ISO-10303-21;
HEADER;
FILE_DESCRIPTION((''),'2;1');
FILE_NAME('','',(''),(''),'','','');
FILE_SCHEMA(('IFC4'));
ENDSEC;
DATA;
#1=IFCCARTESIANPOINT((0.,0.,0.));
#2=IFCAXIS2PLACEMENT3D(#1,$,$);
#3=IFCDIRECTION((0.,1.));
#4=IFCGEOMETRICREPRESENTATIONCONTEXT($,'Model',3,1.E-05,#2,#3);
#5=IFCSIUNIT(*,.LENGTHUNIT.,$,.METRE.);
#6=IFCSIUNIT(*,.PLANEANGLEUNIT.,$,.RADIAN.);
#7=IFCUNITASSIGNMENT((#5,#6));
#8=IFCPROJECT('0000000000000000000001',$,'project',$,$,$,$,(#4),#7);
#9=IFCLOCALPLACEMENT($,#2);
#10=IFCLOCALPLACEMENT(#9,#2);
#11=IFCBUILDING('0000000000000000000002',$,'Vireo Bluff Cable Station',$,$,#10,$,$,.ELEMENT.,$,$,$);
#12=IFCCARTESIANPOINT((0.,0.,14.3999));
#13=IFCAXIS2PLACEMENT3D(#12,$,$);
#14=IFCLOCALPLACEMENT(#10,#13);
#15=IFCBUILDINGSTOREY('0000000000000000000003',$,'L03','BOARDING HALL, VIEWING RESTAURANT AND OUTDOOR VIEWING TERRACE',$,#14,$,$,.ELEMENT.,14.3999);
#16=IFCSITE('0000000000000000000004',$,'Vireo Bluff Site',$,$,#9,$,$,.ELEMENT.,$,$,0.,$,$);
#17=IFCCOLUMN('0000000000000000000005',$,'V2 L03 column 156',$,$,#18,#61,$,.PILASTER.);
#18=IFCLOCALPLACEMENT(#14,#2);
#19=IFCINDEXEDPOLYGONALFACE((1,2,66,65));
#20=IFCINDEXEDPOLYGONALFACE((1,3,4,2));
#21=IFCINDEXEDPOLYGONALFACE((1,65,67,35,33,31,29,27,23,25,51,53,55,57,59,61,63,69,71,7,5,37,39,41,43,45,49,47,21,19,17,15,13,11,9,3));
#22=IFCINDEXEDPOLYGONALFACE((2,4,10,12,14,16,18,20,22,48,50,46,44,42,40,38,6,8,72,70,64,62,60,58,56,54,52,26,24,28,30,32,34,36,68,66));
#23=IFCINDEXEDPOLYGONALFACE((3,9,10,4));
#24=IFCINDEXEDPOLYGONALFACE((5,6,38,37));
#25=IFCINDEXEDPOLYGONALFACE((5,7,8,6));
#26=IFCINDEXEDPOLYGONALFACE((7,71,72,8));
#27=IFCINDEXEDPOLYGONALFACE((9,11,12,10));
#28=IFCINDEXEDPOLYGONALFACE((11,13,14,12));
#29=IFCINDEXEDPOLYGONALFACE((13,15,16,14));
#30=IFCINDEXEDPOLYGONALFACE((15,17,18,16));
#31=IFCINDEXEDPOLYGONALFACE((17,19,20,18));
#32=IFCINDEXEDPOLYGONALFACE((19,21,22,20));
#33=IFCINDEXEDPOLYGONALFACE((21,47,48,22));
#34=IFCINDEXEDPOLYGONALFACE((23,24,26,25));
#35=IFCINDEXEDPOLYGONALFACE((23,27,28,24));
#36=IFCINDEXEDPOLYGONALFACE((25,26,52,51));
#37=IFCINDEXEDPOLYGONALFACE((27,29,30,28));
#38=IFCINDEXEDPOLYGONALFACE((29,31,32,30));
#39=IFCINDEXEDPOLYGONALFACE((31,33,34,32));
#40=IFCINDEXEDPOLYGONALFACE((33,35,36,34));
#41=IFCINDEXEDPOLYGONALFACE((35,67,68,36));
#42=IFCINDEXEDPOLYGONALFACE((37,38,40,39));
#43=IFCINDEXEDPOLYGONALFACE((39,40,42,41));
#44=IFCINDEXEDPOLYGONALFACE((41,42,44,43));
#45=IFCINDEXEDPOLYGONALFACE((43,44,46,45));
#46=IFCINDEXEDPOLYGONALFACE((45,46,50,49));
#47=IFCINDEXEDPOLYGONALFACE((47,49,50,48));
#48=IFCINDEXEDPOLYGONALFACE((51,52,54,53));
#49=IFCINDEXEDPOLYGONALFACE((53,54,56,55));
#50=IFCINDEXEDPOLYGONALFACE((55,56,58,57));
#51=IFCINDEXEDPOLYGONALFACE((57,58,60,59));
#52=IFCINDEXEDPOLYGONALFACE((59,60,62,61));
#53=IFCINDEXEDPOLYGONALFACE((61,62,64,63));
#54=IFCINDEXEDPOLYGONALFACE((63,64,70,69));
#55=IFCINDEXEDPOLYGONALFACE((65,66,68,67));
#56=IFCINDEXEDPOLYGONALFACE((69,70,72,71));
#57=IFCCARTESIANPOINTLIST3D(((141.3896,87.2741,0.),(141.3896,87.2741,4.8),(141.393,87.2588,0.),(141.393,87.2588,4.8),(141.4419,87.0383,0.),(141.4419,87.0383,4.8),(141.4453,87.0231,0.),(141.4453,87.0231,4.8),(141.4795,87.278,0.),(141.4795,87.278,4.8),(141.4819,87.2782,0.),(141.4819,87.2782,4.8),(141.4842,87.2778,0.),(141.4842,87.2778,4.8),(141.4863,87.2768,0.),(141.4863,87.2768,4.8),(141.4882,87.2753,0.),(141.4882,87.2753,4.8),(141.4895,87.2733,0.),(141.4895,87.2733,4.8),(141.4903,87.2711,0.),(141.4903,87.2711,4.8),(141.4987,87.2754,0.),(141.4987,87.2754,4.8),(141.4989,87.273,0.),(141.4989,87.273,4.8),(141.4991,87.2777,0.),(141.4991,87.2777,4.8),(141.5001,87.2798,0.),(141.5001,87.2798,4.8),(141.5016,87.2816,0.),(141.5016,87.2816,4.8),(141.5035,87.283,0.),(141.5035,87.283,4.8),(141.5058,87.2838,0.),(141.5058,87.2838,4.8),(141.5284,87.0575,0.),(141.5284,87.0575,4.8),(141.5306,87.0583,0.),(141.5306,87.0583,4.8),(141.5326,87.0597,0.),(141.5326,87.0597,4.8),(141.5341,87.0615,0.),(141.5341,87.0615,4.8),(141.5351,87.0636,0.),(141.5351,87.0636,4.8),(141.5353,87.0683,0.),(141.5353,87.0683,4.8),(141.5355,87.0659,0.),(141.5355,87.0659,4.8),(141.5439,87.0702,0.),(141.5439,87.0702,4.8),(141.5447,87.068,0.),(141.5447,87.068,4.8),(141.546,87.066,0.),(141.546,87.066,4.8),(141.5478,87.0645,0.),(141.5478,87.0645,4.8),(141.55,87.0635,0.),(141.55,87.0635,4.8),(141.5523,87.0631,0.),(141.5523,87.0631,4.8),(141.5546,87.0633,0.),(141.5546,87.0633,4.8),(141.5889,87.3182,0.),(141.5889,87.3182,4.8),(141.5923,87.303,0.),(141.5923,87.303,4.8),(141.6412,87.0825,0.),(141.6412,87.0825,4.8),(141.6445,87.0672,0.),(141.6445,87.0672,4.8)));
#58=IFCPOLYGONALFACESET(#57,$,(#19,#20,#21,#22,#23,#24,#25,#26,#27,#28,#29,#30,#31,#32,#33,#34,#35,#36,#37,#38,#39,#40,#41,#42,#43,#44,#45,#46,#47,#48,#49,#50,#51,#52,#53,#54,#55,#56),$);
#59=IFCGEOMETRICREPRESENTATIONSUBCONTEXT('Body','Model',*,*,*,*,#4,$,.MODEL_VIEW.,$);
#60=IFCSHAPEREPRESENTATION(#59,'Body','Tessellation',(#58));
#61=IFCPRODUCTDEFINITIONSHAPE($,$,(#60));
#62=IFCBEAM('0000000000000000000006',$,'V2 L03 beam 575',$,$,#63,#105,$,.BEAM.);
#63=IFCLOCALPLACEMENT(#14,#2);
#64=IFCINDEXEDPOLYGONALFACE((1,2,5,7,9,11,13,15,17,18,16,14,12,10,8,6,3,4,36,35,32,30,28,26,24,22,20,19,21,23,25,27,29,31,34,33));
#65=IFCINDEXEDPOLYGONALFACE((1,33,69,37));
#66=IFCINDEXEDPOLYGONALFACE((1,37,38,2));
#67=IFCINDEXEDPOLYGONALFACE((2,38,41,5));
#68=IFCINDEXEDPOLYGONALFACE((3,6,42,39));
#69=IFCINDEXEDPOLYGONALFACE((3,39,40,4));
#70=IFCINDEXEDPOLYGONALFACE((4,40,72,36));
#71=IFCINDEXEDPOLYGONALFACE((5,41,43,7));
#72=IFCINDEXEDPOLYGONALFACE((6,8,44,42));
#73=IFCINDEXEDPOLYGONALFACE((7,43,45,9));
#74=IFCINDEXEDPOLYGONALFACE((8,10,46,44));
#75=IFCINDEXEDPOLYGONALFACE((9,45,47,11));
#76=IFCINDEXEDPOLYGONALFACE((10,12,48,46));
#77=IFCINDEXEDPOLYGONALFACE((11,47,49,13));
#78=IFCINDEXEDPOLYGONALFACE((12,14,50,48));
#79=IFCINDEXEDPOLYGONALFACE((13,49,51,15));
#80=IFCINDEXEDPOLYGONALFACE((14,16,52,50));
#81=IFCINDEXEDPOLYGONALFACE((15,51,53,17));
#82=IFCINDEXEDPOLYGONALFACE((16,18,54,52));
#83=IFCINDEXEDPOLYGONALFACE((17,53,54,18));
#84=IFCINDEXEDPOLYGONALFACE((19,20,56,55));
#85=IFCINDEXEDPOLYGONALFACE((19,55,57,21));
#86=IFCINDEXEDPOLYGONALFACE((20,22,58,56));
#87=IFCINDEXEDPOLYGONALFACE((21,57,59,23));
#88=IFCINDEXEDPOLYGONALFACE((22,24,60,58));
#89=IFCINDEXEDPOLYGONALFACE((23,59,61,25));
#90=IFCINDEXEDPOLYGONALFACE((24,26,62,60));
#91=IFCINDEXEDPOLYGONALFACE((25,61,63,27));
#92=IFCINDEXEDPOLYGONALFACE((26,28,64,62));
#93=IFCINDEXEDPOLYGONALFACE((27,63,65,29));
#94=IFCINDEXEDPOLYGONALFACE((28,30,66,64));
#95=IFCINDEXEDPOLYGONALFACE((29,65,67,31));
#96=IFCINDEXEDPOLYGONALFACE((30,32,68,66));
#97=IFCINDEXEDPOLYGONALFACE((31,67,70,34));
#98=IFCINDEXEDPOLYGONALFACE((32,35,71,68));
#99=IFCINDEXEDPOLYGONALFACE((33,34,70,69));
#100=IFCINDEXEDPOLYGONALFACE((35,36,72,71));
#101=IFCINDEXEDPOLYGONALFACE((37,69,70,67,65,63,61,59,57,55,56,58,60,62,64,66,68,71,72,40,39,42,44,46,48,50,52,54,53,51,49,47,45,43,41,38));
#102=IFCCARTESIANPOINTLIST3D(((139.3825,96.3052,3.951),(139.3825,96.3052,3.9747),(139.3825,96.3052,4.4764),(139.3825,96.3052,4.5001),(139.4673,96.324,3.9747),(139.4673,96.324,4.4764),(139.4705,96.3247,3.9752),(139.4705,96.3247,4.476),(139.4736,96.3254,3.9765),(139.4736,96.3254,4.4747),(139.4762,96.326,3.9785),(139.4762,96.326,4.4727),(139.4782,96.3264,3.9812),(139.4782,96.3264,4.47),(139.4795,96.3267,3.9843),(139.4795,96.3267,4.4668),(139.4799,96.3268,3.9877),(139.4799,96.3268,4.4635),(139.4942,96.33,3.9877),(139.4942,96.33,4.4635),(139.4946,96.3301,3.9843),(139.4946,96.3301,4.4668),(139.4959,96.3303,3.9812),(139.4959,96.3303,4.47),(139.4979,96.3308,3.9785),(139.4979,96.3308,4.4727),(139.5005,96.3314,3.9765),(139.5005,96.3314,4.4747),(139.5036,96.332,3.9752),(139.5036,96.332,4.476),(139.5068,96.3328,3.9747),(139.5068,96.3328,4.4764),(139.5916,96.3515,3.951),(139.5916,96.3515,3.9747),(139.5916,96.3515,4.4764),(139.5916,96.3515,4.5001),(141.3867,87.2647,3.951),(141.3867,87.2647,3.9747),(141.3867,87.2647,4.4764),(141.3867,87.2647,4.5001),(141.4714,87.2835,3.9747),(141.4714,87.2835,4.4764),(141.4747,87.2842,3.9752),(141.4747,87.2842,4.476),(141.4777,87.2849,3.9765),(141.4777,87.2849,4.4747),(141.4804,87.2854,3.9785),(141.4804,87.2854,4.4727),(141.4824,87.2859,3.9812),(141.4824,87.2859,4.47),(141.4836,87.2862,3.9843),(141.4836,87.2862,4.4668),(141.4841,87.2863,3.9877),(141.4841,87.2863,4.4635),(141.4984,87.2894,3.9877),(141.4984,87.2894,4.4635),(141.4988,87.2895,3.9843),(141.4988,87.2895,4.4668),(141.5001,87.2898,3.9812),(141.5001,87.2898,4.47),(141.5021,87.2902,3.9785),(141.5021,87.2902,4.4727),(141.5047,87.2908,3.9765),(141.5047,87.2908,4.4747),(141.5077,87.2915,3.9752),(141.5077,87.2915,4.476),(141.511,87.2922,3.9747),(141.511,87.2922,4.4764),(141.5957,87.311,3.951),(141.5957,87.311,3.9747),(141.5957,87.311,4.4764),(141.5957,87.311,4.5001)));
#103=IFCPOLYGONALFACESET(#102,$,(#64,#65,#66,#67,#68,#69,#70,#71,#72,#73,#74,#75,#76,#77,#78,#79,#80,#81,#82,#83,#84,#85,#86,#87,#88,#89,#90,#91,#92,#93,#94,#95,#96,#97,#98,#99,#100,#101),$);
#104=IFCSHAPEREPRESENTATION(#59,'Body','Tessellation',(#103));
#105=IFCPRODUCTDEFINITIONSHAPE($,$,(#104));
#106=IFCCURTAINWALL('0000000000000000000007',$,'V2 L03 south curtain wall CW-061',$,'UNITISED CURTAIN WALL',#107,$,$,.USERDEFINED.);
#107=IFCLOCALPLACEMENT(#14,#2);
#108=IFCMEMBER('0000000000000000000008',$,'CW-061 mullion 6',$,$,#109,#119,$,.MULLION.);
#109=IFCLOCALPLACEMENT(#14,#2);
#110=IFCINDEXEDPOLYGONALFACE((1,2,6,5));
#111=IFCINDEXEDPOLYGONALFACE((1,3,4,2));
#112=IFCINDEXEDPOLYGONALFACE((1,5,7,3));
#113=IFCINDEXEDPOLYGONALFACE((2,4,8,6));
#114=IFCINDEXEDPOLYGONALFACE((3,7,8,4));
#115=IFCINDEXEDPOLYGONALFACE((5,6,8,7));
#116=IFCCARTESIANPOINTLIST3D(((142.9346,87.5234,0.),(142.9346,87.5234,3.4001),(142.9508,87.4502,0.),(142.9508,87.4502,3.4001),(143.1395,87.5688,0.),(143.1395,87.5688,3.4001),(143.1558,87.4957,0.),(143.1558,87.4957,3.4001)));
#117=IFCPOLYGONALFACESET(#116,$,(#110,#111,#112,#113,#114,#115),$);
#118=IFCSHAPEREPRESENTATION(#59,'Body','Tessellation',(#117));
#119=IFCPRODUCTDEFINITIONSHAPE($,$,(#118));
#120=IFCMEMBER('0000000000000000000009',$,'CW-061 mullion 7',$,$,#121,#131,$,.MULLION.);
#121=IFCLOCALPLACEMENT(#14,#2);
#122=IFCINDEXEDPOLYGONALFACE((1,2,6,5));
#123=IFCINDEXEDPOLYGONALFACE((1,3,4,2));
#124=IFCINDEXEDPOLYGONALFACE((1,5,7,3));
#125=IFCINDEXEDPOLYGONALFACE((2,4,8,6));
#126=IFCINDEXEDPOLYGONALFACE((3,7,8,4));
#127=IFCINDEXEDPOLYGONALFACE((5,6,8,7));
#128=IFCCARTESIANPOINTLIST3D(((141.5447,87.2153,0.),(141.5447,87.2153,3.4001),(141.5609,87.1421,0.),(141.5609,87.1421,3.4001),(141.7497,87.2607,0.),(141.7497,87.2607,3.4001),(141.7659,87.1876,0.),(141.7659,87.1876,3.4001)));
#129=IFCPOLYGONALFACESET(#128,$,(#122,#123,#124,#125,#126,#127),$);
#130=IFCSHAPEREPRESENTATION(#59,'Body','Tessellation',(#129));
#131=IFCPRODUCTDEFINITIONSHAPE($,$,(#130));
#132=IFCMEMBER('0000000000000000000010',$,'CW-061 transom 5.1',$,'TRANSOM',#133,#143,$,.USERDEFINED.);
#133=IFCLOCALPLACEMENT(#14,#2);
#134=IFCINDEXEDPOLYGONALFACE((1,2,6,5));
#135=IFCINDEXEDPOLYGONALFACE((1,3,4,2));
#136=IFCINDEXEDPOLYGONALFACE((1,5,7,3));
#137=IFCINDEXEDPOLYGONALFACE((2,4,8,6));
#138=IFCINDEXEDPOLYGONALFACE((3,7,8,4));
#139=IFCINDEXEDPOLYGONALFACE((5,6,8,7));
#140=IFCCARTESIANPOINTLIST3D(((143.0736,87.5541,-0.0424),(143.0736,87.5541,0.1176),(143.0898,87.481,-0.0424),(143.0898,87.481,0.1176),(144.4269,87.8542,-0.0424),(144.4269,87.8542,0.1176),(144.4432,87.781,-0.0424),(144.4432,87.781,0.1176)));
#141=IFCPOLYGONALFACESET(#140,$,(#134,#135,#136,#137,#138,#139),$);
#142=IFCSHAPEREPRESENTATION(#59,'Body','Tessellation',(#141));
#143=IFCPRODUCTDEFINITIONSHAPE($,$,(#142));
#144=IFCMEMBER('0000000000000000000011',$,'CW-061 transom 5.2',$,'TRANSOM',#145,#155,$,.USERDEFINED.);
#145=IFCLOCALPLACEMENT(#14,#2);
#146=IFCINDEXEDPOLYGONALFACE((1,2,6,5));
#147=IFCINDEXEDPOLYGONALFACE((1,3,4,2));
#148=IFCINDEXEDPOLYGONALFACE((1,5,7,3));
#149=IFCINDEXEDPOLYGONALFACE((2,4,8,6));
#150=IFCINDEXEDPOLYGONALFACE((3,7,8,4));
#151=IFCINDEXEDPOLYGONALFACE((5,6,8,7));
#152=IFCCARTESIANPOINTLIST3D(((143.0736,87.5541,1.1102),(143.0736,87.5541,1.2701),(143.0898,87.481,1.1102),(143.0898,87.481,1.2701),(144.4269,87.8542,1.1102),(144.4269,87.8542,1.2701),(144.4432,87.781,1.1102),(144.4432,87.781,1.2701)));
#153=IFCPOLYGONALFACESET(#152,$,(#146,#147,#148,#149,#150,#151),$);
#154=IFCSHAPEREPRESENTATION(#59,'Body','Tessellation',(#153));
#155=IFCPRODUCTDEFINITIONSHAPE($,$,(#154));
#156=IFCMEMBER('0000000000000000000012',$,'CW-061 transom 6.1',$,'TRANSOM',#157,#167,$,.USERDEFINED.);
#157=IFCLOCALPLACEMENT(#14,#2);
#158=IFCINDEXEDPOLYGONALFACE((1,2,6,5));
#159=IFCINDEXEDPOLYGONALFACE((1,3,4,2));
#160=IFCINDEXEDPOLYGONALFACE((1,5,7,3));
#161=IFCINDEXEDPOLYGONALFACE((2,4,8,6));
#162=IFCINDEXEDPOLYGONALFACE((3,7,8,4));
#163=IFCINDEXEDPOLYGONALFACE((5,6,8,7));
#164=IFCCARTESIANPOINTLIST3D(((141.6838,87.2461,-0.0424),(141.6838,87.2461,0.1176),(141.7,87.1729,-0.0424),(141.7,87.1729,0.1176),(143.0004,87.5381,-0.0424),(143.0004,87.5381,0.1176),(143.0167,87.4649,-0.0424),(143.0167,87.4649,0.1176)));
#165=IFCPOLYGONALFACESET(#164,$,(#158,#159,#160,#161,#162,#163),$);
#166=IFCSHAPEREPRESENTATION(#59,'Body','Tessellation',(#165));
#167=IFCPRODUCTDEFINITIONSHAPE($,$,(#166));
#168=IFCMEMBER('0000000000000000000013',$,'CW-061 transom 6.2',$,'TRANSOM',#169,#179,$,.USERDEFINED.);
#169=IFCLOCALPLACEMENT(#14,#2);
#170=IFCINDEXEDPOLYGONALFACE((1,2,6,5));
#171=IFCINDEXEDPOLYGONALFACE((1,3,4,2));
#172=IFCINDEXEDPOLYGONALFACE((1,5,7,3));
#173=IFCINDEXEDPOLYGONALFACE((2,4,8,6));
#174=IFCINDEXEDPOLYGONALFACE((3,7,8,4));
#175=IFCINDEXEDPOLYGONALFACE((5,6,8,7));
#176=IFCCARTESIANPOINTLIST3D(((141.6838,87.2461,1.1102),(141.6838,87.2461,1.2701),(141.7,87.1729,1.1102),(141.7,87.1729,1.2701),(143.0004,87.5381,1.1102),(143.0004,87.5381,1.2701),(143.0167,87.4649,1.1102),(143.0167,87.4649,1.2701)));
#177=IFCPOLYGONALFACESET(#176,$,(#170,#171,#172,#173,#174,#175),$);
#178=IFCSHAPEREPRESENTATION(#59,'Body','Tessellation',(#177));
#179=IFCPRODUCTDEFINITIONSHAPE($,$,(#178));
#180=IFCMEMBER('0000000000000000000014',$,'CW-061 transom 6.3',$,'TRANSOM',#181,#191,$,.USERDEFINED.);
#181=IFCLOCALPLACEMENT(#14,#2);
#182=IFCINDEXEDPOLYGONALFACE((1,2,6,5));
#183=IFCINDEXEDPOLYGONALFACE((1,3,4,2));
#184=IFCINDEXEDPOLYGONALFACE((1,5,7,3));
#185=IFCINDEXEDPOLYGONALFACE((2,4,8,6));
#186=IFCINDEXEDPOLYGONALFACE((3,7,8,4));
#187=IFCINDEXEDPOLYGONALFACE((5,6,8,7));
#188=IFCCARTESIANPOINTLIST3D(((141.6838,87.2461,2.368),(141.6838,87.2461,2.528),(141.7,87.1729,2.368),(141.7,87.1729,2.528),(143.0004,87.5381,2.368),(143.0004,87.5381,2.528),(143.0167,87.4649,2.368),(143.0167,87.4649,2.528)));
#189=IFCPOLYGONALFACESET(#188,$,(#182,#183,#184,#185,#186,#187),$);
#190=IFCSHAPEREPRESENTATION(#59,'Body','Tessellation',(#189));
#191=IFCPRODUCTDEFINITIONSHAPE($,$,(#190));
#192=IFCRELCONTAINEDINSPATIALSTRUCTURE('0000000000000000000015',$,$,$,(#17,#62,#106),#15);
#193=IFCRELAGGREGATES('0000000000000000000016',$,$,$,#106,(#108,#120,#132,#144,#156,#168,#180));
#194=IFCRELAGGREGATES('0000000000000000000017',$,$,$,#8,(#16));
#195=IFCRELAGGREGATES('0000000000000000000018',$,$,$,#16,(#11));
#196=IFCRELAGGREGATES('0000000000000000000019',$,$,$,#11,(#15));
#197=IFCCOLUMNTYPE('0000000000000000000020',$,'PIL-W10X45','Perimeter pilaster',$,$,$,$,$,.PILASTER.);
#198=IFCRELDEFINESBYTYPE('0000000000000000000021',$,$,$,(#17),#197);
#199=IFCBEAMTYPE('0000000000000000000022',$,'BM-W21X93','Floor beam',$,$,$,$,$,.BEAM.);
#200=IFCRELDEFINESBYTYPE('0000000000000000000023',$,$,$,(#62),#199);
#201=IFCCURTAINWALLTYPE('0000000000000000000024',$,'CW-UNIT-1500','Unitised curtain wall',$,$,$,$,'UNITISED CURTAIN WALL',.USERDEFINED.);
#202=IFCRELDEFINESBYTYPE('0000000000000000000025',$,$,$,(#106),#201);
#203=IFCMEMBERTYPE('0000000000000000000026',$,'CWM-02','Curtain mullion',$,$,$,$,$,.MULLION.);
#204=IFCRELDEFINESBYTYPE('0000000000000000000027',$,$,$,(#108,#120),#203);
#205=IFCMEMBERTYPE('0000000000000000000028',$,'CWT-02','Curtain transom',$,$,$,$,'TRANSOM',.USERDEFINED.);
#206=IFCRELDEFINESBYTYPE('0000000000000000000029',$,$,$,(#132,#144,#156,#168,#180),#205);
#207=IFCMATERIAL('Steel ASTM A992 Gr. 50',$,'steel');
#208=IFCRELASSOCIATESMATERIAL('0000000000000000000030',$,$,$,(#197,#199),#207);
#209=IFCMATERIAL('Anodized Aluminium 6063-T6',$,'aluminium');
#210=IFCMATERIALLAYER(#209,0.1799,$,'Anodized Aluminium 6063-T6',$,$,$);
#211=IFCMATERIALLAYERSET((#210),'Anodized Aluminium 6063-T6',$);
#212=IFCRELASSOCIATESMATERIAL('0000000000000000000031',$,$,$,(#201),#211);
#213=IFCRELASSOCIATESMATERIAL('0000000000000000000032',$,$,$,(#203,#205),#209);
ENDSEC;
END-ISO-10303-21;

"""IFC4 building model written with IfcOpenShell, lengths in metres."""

from ifc_helpers import new_model, si_unit, direction, frame, origin, origin_2d, place, context, subcontext, project, spatial, rectangle, i_section, extrude, material, layer, layer_set, material_profile, profile_set, type_object, element, aggregate, save


model = new_model("IFC4")

# Units and contexts
model_context = context("Model", 3, precision=1e-05, world=origin(), true_north=direction((0.0, 1.0)))
body_context = subcontext(model_context, "Body", "Model", "MODEL_VIEW")
ifc_project = project(units=[si_unit("LENGTHUNIT", "METRE"), si_unit("PLANEANGLEUNIT", "RADIAN")], contexts=[model_context])

# Site, building, storey
site_placement = place(None, origin())
site = spatial("IfcSite", under=ifc_project, at=site_placement, Name="Vireo Bluff Site", CompositionType="ELEMENT", RefElevation=0.0)
building_placement = place(site_placement, origin())
building = spatial("IfcBuilding", under=site, at=building_placement, Name="Vireo Bluff Cable Station", CompositionType="ELEMENT")
storey_placement = place(building_placement, frame((0.0, 0.0, 14.3999)))
storey = spatial("IfcBuildingStorey", under=building, at=storey_placement, Name="L03", Description="BOARDING HALL, VIEWING RESTAURANT AND OUTDOOR VIEWING TERRACE", CompositionType="ELEMENT", Elevation=14.3999)

# Column
ifc_material_1 = material(Name="Steel ASTM A992 Gr. 50", Category="steel")
ifc_material_profile_1 = material_profile(ifc_material_1, i_section(OverallWidth=0.2041, OverallDepth=0.2571, WebThickness=0.0088, FlangeThickness=0.0156, FilletRadius=0.009, at=origin_2d()), Name="W10X45")
ifc_profile_set_1 = profile_set([ifc_material_profile_1], Name="Steel ASTM A992 Gr. 50")
column_type = type_object("IfcColumnType", Name="PIL-W10X45", Description="Perimeter pilaster", PredefinedType="PILASTER", material=ifc_profile_set_1)
column_placement = place(storey_placement, frame((141.5171, 87.1707, 0.0), z_axis=(0.0, 0.0, 1.0), x_axis=(0.976296, 0.21644, 0.0)))
element("IfcColumn", 1, at=column_placement, inside=storey, type_object=column_type, Name="V2 L03 column 156", PredefinedType="PILASTER", context=body_context, shape_type="SweptSolid", body=[
    extrude(i_section(OverallWidth=0.2041, OverallDepth=0.2571, WebThickness=0.0088, FlangeThickness=0.0156, FilletRadius=0.009, at=origin_2d()), origin(), (0.0, 0.0, 1.0), 4.8),
])

# Beam
ifc_material_profile_2 = material_profile(ifc_material_1, i_section(OverallWidth=0.2141, OverallDepth=0.5491, WebThickness=0.0146, FlangeThickness=0.0237, FilletRadius=0.0129, at=origin_2d()), Name="W21X93")
ifc_profile_set_2 = profile_set([ifc_material_profile_2], Name="Steel ASTM A992 Gr. 50")
beam_type_1 = type_object("IfcBeamType", Name="BM-W21X93", Description="Floor beam", PredefinedType="BEAM", material=ifc_profile_set_2)
beam_1_placement = place(storey_placement, frame((141.4912, 87.2878, 4.2256), z_axis=(-0.216431, 0.976298, 0.0), x_axis=(-0.976298, -0.216431, 0.0)))
element("IfcBeam", 2, at=beam_1_placement, inside=storey, type_object=beam_type_1, Name="V2 L03 beam 575", PredefinedType="BEAM", context=body_context, shape_type="SweptSolid", body=[
    extrude(i_section(OverallWidth=0.2141, OverallDepth=0.5491, WebThickness=0.0146, FlangeThickness=0.0237, FilletRadius=0.0129, at=origin_2d()), origin(), (0.0, 0.0, 1.0), 9.26),
])

# Curtain wall, members
ifc_material_2 = material(Name="Anodized Aluminium 6063-T6", Category="aluminium")
ifc_layer_1 = layer(ifc_material_2, 0.1799, Name="Anodized Aluminium 6063-T6")
ifc_layer_set_1 = layer_set([ifc_layer_1], Name="Anodized Aluminium 6063-T6")
curtain_wall_type = type_object("IfcCurtainWallType", Name="CW-UNIT-1500", Description="Unitised curtain wall", ElementType="UNITISED CURTAIN WALL", PredefinedType="USERDEFINED", material=ifc_layer_set_1)
curtain_wall_placement = place(storey_placement, origin())
curtain_wall = element("IfcCurtainWall", 3, at=curtain_wall_placement, inside=storey, type_object=curtain_wall_type, Name="V2 L03 south curtain wall CW-061", ObjectType="UNITISED CURTAIN WALL", PredefinedType="USERDEFINED")
ifc_material_profile_3 = material_profile(ifc_material_2, rectangle(XDim=0.075, YDim=0.21, at=origin_2d()), Name="ALU-M-75X210")
ifc_profile_set_3 = profile_set([ifc_material_profile_3], Name="Anodized Aluminium 6063-T6")
member_type_1 = type_object("IfcMemberType", Name="CWM-02", Description="Curtain mullion", PredefinedType="MULLION", material=ifc_profile_set_3)
member_1_placement = place(storey_placement, frame((143.0452, 87.5095, 0.0), z_axis=(0.0, 0.0, 1.0), x_axis=(0.21644, -0.976296, 0.0)))
member_1 = element("IfcMember", 4, at=member_1_placement, type_object=member_type_1, Name="CW-061 mullion 6", PredefinedType="MULLION", context=body_context, shape_type="SweptSolid", body=[
    extrude(rectangle(XDim=0.075, YDim=0.21, at=origin_2d()), origin(), (0.0, 0.0, 1.0), 3.4001),
])
member_2_placement = place(storey_placement, frame((141.6553, 87.2014, 0.0), z_axis=(0.0, 0.0, 1.0), x_axis=(0.21644, -0.976296, 0.0)))
member_2 = element("IfcMember", 5, at=member_2_placement, type_object=member_type_1, Name="CW-061 mullion 7", PredefinedType="MULLION", context=body_context, shape_type="SweptSolid", body=[
    extrude(rectangle(XDim=0.075, YDim=0.21, at=origin_2d()), origin(), (0.0, 0.0, 1.0), 3.4001),
])
ifc_material_profile_4 = material_profile(ifc_material_2, rectangle(XDim=0.075, YDim=0.1599, at=origin_2d()), Name="ALU-T-75X160")
ifc_profile_set_4 = profile_set([ifc_material_profile_4], Name="Anodized Aluminium 6063-T6")
member_type_2 = type_object("IfcMemberType", Name="CWT-02", Description="Curtain transom", ElementType="TRANSOM", PredefinedType="USERDEFINED", material=ifc_profile_set_4)
member_3_placement = place(storey_placement, frame((144.4351, 87.8176, 0.0376), z_axis=(-0.976291, -0.216464, 0.0), x_axis=(0.216464, -0.976291, 0.0)))
member_3 = element("IfcMember", 6, at=member_3_placement, type_object=member_type_2, Name="CW-061 transom 5.1", ObjectType="TRANSOM", PredefinedType="USERDEFINED", context=body_context, shape_type="SweptSolid", body=[
    extrude(rectangle(XDim=0.075, YDim=0.1599, at=origin_2d()), origin(), (0.0, 0.0, 1.0), 1.3862),
])
member_4_placement = place(storey_placement, frame((144.4351, 87.8176, 1.1902), z_axis=(-0.976291, -0.216464, 0.0), x_axis=(0.216464, -0.976291, 0.0)))
member_4 = element("IfcMember", 7, at=member_4_placement, type_object=member_type_2, Name="CW-061 transom 5.2", ObjectType="TRANSOM", PredefinedType="USERDEFINED", context=body_context, shape_type="SweptSolid", body=[
    extrude(rectangle(XDim=0.075, YDim=0.1599, at=origin_2d()), origin(), (0.0, 0.0, 1.0), 1.3862),
])
member_5_placement = place(storey_placement, frame((143.0085, 87.5015, 0.0376), z_axis=(-0.976281, -0.216509, 0.0), x_axis=(0.216509, -0.976281, 0.0)))
member_5 = element("IfcMember", 8, at=member_5_placement, type_object=member_type_2, Name="CW-061 transom 6.1", ObjectType="TRANSOM", PredefinedType="USERDEFINED", context=body_context, shape_type="SweptSolid", body=[
    extrude(rectangle(XDim=0.075, YDim=0.1599, at=origin_2d()), origin(), (0.0, 0.0, 1.0), 1.3486),
])
member_6_placement = place(storey_placement, frame((143.0085, 87.5015, 1.1902), z_axis=(-0.976281, -0.216509, 0.0), x_axis=(0.216509, -0.976281, 0.0)))
member_6 = element("IfcMember", 9, at=member_6_placement, type_object=member_type_2, Name="CW-061 transom 6.2", ObjectType="TRANSOM", PredefinedType="USERDEFINED", context=body_context, shape_type="SweptSolid", body=[
    extrude(rectangle(XDim=0.075, YDim=0.1599, at=origin_2d()), origin(), (0.0, 0.0, 1.0), 1.3486),
])
member_7_placement = place(storey_placement, frame((143.0085, 87.5015, 2.448), z_axis=(-0.976281, -0.216509, 0.0), x_axis=(0.216509, -0.976281, 0.0)))
member_7 = element("IfcMember", 10, at=member_7_placement, type_object=member_type_2, Name="CW-061 transom 6.3", ObjectType="TRANSOM", PredefinedType="USERDEFINED", context=body_context, shape_type="SweptSolid", body=[
    extrude(rectangle(XDim=0.075, YDim=0.1599, at=origin_2d()), origin(), (0.0, 0.0, 1.0), 1.3486),
])

aggregate(curtain_wall, [member_1, member_2, member_3, member_4, member_5, member_6, member_7])

save(model, "model.ifc")
